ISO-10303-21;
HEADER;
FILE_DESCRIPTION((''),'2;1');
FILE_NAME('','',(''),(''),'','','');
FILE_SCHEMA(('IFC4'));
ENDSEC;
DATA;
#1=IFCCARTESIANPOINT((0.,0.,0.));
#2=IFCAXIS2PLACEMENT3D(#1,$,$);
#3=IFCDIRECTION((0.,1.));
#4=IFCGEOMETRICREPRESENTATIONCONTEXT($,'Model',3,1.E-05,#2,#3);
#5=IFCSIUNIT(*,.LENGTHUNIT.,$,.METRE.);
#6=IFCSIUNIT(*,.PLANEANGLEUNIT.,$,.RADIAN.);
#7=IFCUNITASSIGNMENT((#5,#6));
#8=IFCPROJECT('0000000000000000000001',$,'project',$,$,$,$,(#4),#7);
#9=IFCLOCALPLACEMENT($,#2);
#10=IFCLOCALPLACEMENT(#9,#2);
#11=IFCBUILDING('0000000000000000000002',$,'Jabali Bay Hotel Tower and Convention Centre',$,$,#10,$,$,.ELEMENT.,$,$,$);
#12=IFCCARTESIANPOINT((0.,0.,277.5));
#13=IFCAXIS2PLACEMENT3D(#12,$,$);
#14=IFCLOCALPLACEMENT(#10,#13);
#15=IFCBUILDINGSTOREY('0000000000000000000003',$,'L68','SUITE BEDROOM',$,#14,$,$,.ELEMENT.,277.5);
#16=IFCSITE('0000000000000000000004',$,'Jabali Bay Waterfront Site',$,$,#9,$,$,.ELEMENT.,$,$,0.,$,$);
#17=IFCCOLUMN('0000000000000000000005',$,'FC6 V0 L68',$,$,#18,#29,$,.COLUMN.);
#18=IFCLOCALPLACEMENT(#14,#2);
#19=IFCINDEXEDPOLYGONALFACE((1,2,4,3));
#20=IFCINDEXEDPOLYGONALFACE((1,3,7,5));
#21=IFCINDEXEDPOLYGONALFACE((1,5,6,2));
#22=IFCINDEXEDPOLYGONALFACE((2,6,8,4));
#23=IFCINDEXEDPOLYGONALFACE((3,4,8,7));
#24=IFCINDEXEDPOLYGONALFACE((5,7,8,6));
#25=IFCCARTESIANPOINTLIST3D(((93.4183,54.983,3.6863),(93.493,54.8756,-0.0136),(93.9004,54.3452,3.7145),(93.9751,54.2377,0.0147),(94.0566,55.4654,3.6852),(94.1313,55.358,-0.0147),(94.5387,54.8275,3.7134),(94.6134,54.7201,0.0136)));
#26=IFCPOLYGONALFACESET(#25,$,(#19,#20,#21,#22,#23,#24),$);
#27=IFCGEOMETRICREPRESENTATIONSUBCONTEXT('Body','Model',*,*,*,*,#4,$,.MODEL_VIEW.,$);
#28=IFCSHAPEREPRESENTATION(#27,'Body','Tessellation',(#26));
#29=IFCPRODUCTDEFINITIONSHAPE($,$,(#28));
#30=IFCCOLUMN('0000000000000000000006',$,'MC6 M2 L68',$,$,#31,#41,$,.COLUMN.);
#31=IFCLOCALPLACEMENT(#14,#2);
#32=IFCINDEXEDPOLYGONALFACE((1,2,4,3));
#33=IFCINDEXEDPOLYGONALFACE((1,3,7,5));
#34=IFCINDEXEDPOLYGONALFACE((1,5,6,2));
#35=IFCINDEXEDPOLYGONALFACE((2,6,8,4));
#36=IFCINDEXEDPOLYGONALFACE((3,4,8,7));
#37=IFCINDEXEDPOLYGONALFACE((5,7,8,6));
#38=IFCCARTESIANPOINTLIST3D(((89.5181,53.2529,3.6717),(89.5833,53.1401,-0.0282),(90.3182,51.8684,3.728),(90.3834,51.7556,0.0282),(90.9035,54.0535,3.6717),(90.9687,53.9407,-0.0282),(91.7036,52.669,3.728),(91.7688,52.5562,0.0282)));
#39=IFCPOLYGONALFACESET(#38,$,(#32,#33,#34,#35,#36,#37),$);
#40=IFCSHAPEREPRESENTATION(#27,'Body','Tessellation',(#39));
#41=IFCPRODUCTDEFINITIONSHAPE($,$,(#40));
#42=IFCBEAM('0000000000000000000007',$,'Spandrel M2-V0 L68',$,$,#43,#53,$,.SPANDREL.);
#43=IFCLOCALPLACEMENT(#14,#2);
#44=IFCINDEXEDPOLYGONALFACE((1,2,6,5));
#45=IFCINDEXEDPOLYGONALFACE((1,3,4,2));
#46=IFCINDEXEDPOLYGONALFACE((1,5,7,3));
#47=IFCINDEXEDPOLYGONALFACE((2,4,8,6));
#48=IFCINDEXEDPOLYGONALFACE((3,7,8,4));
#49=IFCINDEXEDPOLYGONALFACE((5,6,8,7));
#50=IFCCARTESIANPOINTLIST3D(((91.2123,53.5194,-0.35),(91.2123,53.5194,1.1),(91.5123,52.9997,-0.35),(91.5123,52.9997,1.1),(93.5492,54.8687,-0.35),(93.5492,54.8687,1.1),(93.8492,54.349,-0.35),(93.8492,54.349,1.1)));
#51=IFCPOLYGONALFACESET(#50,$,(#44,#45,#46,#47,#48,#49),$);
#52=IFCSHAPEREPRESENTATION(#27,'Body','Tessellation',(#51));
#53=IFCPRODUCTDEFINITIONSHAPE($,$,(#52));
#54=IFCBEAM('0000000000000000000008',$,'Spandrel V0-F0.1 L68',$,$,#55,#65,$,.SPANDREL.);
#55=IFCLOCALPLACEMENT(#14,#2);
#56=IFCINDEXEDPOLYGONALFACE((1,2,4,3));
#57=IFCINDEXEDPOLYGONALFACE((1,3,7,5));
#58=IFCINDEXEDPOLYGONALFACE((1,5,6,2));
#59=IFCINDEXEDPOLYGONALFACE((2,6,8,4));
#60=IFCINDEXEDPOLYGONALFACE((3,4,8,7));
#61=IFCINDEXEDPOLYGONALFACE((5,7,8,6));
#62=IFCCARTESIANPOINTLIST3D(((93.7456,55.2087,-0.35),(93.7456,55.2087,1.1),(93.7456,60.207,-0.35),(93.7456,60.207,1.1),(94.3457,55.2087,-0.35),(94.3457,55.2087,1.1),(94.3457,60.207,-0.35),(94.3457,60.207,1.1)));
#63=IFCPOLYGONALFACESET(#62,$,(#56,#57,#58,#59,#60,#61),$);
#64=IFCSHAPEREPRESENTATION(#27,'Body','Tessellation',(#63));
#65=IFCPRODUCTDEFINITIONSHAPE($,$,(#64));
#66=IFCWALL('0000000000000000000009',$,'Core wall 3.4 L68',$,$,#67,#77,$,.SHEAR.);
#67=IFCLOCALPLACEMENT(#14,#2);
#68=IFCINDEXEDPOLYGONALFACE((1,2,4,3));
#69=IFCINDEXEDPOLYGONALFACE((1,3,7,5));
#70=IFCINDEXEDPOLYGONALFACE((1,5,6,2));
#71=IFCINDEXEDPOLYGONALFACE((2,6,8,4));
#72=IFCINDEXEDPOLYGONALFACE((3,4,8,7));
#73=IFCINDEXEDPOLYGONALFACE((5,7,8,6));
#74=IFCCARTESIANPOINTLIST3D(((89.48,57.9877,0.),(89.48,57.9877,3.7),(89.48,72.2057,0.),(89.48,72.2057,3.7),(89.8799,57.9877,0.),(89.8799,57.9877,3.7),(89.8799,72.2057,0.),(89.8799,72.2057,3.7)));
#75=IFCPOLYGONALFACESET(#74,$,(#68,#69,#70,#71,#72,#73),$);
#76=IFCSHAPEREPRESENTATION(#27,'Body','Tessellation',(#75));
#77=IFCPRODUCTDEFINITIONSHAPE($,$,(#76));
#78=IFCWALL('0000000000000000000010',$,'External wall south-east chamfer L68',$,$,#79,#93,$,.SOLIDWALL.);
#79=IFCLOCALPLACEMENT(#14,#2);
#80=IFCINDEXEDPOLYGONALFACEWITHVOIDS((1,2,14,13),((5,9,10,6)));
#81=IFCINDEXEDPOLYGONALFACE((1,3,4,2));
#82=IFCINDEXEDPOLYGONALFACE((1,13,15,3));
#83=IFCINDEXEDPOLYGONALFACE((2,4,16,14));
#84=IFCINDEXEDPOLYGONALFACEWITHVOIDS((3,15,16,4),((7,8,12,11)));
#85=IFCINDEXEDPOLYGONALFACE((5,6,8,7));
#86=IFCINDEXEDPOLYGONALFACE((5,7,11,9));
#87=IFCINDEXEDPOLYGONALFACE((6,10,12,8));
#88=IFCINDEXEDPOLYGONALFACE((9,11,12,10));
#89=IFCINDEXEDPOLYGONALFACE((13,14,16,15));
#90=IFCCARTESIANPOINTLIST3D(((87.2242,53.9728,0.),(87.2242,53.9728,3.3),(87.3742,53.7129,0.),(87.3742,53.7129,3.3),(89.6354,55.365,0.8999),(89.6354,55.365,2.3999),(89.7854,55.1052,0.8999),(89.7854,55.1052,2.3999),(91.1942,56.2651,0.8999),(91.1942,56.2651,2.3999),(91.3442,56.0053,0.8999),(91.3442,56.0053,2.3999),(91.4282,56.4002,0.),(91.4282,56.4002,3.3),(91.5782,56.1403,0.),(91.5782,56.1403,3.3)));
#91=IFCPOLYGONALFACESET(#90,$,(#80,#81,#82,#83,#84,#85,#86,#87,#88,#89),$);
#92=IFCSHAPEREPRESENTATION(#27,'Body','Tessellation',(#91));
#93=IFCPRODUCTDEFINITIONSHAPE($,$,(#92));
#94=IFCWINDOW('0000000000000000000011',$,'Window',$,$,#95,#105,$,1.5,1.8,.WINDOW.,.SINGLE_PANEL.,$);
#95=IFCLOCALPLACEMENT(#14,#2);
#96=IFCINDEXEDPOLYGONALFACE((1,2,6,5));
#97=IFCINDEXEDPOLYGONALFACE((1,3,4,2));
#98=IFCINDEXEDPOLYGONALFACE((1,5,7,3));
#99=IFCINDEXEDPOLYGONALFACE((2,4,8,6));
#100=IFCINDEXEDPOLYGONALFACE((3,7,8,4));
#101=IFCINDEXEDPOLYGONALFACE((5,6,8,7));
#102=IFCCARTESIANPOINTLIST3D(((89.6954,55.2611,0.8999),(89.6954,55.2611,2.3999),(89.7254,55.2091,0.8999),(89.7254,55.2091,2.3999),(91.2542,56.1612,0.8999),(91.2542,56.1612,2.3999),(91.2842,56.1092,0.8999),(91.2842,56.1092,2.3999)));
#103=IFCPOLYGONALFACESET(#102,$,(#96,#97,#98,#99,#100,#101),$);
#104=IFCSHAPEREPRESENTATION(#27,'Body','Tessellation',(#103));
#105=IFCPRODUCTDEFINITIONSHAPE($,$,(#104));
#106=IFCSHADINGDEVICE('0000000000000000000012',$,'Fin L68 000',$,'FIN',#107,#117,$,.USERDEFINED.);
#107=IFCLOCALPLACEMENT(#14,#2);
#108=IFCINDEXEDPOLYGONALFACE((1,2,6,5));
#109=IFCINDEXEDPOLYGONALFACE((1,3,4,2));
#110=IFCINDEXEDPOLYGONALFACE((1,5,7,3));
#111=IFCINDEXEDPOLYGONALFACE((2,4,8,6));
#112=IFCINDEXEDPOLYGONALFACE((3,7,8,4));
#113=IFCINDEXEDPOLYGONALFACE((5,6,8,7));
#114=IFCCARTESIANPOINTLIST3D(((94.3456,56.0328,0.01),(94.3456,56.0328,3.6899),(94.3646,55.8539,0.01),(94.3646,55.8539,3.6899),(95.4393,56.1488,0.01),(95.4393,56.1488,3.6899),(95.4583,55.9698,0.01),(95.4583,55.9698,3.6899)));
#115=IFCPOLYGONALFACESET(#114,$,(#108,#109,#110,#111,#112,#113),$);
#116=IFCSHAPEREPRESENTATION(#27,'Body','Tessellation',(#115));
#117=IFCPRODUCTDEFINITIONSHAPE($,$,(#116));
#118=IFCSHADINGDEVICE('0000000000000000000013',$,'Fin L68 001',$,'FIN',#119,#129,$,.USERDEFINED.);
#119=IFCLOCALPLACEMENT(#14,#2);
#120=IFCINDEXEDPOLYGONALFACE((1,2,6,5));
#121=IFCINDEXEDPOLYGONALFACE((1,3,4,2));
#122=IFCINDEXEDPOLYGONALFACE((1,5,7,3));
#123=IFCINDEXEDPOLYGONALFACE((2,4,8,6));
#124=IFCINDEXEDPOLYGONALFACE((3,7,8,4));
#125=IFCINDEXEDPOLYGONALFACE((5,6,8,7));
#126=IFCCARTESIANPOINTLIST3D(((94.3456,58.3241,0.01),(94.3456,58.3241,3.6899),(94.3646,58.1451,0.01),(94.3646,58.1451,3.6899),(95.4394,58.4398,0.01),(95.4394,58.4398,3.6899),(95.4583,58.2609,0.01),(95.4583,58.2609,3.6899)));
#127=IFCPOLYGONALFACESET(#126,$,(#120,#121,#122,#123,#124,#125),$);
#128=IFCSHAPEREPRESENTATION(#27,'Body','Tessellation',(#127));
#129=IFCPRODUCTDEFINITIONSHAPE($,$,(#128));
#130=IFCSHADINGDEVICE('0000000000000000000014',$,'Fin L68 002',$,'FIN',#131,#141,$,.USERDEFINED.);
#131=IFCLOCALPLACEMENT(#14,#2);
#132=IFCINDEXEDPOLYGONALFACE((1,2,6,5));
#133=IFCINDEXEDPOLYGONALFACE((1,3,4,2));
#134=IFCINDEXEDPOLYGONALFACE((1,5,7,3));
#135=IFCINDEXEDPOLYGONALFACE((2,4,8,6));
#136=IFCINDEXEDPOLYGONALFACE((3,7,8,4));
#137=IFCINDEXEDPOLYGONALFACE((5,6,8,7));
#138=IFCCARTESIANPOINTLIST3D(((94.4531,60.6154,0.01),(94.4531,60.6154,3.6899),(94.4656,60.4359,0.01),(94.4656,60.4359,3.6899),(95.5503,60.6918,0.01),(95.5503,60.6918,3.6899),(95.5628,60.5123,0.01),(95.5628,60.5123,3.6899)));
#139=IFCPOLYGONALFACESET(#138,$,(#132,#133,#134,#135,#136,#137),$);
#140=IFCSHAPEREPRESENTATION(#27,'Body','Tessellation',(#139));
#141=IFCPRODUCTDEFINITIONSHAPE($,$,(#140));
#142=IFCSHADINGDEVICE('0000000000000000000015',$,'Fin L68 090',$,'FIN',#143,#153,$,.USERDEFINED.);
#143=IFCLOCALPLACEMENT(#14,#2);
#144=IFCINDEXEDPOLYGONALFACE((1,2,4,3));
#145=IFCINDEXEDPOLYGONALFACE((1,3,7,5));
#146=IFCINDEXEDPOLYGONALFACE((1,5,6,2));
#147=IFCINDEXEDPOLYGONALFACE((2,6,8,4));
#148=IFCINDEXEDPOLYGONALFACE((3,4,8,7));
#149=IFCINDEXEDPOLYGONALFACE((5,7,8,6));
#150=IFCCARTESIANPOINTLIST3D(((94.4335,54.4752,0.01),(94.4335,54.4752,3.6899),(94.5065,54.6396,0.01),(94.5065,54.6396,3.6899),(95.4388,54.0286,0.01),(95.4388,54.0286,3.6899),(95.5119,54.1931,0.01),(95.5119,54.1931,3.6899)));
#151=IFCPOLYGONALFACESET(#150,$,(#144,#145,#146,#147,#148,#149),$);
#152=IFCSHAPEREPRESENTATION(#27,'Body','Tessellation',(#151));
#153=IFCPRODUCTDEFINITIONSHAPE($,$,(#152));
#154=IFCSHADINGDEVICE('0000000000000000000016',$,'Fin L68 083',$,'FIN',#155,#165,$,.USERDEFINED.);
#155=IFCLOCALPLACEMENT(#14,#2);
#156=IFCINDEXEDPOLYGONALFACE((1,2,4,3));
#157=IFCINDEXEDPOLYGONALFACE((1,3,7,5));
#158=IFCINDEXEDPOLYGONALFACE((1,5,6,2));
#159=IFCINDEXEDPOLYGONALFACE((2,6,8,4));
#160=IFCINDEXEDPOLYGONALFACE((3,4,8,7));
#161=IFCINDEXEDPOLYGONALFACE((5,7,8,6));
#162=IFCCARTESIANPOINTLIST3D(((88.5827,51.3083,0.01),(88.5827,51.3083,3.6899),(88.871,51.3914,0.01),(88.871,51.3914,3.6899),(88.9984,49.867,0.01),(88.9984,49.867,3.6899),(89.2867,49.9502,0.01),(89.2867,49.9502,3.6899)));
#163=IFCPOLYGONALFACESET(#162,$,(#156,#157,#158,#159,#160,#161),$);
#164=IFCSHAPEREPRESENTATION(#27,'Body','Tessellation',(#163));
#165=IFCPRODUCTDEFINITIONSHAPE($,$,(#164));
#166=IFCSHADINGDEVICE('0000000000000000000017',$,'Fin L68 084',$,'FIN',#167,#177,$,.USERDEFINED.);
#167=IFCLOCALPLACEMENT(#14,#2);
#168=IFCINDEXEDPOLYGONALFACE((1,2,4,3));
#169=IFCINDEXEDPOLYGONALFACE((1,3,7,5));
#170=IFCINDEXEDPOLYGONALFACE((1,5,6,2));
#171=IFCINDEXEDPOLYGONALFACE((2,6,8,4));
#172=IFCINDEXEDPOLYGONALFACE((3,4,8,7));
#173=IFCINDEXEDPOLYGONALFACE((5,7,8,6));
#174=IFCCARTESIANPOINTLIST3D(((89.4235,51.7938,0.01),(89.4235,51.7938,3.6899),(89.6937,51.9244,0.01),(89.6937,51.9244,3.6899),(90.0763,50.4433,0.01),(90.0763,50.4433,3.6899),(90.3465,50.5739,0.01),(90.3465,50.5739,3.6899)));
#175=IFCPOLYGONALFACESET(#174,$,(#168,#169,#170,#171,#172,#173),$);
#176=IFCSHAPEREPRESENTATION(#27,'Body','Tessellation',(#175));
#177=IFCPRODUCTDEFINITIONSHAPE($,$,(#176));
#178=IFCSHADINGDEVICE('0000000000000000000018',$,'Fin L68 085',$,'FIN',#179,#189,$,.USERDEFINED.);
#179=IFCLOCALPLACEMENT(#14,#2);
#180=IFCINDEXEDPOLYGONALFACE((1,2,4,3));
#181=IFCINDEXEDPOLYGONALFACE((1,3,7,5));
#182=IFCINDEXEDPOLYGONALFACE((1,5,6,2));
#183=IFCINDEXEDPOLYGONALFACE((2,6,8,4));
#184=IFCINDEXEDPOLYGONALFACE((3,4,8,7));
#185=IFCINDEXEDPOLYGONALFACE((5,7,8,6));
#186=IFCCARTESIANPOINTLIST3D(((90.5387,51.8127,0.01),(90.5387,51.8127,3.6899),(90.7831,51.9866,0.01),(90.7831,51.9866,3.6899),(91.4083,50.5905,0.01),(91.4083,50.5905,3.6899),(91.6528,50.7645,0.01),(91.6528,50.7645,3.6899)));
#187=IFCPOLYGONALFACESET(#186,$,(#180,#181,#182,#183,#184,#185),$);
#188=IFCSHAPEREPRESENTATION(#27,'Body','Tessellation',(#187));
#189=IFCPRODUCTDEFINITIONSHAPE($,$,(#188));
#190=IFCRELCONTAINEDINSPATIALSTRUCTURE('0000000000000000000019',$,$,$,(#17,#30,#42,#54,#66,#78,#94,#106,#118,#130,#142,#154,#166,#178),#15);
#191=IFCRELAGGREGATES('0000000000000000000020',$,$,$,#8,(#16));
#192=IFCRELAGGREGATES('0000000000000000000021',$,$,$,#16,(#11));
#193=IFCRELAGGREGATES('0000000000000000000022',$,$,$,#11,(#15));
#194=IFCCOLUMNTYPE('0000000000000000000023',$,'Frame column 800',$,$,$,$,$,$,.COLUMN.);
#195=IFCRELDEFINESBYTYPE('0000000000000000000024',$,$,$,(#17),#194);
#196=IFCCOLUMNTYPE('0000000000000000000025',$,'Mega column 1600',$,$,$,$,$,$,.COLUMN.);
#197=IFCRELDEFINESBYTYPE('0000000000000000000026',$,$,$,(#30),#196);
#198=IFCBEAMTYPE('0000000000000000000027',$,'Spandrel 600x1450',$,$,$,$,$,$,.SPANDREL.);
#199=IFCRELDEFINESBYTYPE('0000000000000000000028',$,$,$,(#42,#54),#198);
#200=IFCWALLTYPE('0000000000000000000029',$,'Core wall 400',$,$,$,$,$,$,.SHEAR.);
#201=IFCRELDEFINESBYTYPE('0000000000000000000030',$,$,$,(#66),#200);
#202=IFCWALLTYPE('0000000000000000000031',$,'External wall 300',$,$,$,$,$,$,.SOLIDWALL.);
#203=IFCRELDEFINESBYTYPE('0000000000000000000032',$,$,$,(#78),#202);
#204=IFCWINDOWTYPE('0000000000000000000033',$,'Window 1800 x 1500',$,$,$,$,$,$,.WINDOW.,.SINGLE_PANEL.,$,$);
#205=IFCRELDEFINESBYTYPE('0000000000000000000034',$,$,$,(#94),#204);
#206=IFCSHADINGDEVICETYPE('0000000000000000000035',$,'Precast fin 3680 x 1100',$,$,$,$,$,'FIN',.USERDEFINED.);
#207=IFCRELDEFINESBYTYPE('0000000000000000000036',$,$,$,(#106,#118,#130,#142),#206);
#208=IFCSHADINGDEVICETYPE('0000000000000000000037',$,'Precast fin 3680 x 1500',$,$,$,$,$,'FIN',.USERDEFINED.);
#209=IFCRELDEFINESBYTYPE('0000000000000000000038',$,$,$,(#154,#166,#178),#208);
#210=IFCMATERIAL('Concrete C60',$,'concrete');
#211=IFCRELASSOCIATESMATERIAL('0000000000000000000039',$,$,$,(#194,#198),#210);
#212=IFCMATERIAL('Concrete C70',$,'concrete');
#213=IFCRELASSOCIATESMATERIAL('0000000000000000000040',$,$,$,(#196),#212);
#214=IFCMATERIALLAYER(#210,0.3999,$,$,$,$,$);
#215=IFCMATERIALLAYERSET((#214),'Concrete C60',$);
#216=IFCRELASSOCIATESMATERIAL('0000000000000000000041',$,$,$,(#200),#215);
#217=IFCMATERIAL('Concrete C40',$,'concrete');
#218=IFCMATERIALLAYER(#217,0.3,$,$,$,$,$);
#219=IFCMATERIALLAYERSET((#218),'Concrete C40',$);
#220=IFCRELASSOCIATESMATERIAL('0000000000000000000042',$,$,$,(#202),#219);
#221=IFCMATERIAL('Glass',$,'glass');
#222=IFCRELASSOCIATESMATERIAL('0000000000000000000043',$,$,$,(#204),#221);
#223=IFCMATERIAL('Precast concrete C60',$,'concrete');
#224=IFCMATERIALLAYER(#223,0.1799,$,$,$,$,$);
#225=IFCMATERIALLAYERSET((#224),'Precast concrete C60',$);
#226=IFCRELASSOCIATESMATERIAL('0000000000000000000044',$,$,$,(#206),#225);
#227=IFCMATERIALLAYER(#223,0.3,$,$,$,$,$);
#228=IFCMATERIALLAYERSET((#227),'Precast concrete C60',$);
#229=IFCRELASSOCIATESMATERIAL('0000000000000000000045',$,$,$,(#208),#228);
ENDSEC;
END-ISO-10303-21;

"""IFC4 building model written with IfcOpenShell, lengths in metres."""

from ifc_helpers import new_model, si_unit, direction, frame, frame_2d, origin, origin_2d, place, context, subcontext, project, spatial, rectangle, extrude, material, layer, layer_set, material_profile, profile_set, type_object, element, fill, save


model = new_model("IFC4")

# Units and contexts
model_context = context("Model", 3, precision=1e-05, world=origin(), true_north=direction((0.0, 1.0)))
body_context = subcontext(model_context, "Body", "Model", "MODEL_VIEW")
ifc_project = project(units=[si_unit("LENGTHUNIT", "METRE"), si_unit("PLANEANGLEUNIT", "RADIAN")], contexts=[model_context])

# Site, building, storey
site_placement = place(None, origin())
site = spatial("IfcSite", under=ifc_project, at=site_placement, Name="Jabali Bay Waterfront Site", CompositionType="ELEMENT", RefElevation=0.0)
building_placement = place(site_placement, origin())
building = spatial("IfcBuilding", under=site, at=building_placement, Name="Jabali Bay Hotel Tower and Convention Centre", CompositionType="ELEMENT")
storey_placement = place(building_placement, frame((0.0, 0.0, 277.5)))
storey = spatial("IfcBuildingStorey", under=building, at=storey_placement, Name="L68", Description="SUITE BEDROOM", CompositionType="ELEMENT", Elevation=277.5)

# Columns
ifc_material_1 = material(Name="Concrete C60", Category="concrete")
ifc_material_profile_1 = material_profile(ifc_material_1, rectangle(XDim=0.8, YDim=0.8, at=origin_2d()), Name="Frame column 800")
ifc_profile_set_1 = profile_set([ifc_material_profile_1], Name="Concrete C60")
column_type_1 = type_object("IfcColumnType", Name="Frame column 800", PredefinedType="COLUMN", material=ifc_profile_set_1)
column_1_placement = place(storey_placement, frame((94.0532, 54.7979, 0.0), z_axis=(-0.020179, 0.029015, 0.999375), x_axis=(-0.797803, -0.602916, 0.001396)))
element("IfcColumn", 1, at=column_1_placement, inside=storey, type_object=column_type_1, Name="FC6 V0 L68", PredefinedType="COLUMN", context=body_context, shape_type="SweptSolid", body=[
    extrude(rectangle(XDim=0.8, YDim=0.8, at=origin_2d()), origin(), (0.0, 0.0, 1.0), 3.7021),
])
ifc_material_2 = material(Name="Concrete C70", Category="concrete")
ifc_material_profile_2 = material_profile(ifc_material_2, rectangle(XDim=1.6001, YDim=1.6001, at=origin_2d()), Name="Mega column 1600")
ifc_profile_set_2 = profile_set([ifc_material_profile_2], Name="Concrete C70")
column_type_2 = type_object("IfcColumnType", Name="Mega column 1600", PredefinedType="COLUMN", material=ifc_profile_set_2)
column_2_placement = place(storey_placement, frame((90.676, 52.8481, 0.0), z_axis=(-0.017607, 0.030466, 0.999381), x_axis=(0.500056, -0.865278, 0.035188)))
element("IfcColumn", 2, at=column_2_placement, inside=storey, type_object=column_type_2, Name="MC6 M2 L68", PredefinedType="COLUMN", context=body_context, shape_type="SweptSolid", body=[
    extrude(rectangle(XDim=1.6001, YDim=1.6001, at=origin_2d()), origin(), (0.0, 0.0, 1.0), 3.7021),
])

# Beams
ifc_material_profile_3 = material_profile(ifc_material_1, rectangle(XDim=0.6001, YDim=1.45, at=origin_2d()), Name="Spandrel 600x1450")
ifc_profile_set_3 = profile_set([ifc_material_profile_3], Name="Concrete C60")
beam_type = type_object("IfcBeamType", Name="Spandrel 600x1450", PredefinedType="SPANDREL", material=ifc_profile_set_3)
beam_1_placement = place(storey_placement, frame((91.3623, 53.2595, 0.375), z_axis=(0.866002, 0.500041, 0.0), x_axis=(-0.500041, 0.866002, 0.0)))
element("IfcBeam", 3, at=beam_1_placement, inside=storey, type_object=beam_type, Name="Spandrel M2-V0 L68", PredefinedType="SPANDREL", context=body_context, shape_type="SweptSolid", body=[
    extrude(rectangle(XDim=0.6001, YDim=1.45, at=origin_2d()), origin(), (0.0, 0.0, 1.0), 2.6985),
])
beam_2_placement = place(storey_placement, frame((94.0457, 55.2087, 0.375), z_axis=(0.0, 1.0, 0.0), x_axis=(-1.0, 0.0, 0.0)))
element("IfcBeam", 4, at=beam_2_placement, inside=storey, type_object=beam_type, Name="Spandrel V0-F0.1 L68", PredefinedType="SPANDREL", context=body_context, shape_type="SweptSolid", body=[
    extrude(rectangle(XDim=0.6001, YDim=1.45, at=origin_2d()), origin(), (0.0, 0.0, 1.0), 4.9983),
])

# Wall
ifc_layer_1 = layer(ifc_material_1, 0.3999)
ifc_layer_set_1 = layer_set([ifc_layer_1], Name="Concrete C60")
wall_type_1 = type_object("IfcWallType", Name="Core wall 400", PredefinedType="SHEAR", material=ifc_layer_set_1)
wall_1_placement = place(storey_placement, frame((89.6799, 57.9878, 0.0), z_axis=(0.0, 0.0, 1.0), x_axis=(0.0, 1.0, 0.0)))
element("IfcWall", 5, at=wall_1_placement, inside=storey, type_object=wall_type_1, Name="Core wall 3.4 L68", PredefinedType="SHEAR", context=body_context, shape_type="SweptSolid", body=[
    extrude(rectangle(XDim=14.218, YDim=0.3999, at=frame_2d((7.1089, 0.0))), origin(), (0.0, 0.0, 1.0), 3.7),
])

# Wall, opening, window
ifc_material_3 = material(Name="Concrete C40", Category="concrete")
ifc_layer_2 = layer(ifc_material_3, 0.3)
ifc_layer_set_2 = layer_set([ifc_layer_2], Name="Concrete C40")
wall_type_2 = type_object("IfcWallType", Name="External wall 300", PredefinedType="SOLIDWALL", material=ifc_layer_set_2)
wall_2_placement = place(storey_placement, frame((91.5032, 56.2703, 0.0), z_axis=(0.0, 0.0, 1.0), x_axis=(-0.866003, -0.500039, 0.0)))
wall_2 = element("IfcWall", 6, at=wall_2_placement, inside=storey, type_object=wall_type_2, Name="External wall south-east chamfer L68", PredefinedType="SOLIDWALL", context=body_context, shape_type="SweptSolid", body=[
    extrude(rectangle(XDim=4.8545, YDim=0.3, at=frame_2d((2.4272, 0.0))), origin(), (0.0, 0.0, 1.0), 3.3),
])
opening_placement = place(wall_2_placement, frame((0.2703, 0.0, 0.8999)))
opening = element("IfcOpeningElement", 7, at=opening_placement, cuts=wall_2, PredefinedType="OPENING", context=body_context, shape_type="SweptSolid", body=[
    extrude(rectangle(XDim=1.8, YDim=1.5, at=frame_2d((0.8999, 0.75))), frame((0.0, 0.1606, 0.0), z_axis=(0.0, -1.0, 0.0), x_axis=(1.0, 0.0, 0.0)), (0.0, 0.0, 1.0), 0.321),
])
ifc_material_4 = material(Name="Glass", Category="glass")
window_type = type_object("IfcWindowType", Name="Window 1800 x 1500", PartitioningType="SINGLE_PANEL", PredefinedType="WINDOW", material=ifc_material_4)
window_placement = place(opening_placement, origin())
window = element("IfcWindow", 8, at=window_placement, inside=storey, type_object=window_type, Name="Window", OverallHeight=1.5, OverallWidth=1.8, PartitioningType="SINGLE_PANEL", PredefinedType="WINDOW", context=body_context, shape_type="SweptSolid", body=[
    extrude(rectangle(XDim=1.8, YDim=1.5, at=frame_2d((0.8999, 0.75))), frame((0.0, 0.03, 0.0), z_axis=(0.0, -1.0, 0.0), x_axis=(1.0, 0.0, 0.0)), (0.0, 0.0, 1.0), 0.0601),
])
fill(opening, window)

# Shading devices
ifc_material_5 = material(Name="Precast concrete C60", Category="concrete")
ifc_layer_3 = layer(ifc_material_5, 0.1799)
ifc_layer_set_3 = layer_set([ifc_layer_3], Name="Precast concrete C60")
shading_device_type_1 = type_object("IfcShadingDeviceType", Name="Precast fin 3680 x 1100", ElementType="FIN", PredefinedType="USERDEFINED", material=ifc_layer_set_3)
for number, where, z_axis, x_axis, name in (
    (9, (94.3552, 55.9434, 0.01), (0.0, 0.0, 1.0), (0.994426, 0.105436, 0.0), "Fin L68 000"),
    (10, (94.3552, 58.2346, 0.01), (0.0, 0.0, 1.0), (0.994449, 0.105216, 0.0), "Fin L68 001"),
    (11, (94.4595, 60.5256, 0.01), (0.0, 0.0, 1.0), (0.997583, 0.06948, 0.0), "Fin L68 002"),
):
    element("IfcShadingDevice", number, at=place(storey_placement, frame(where, z_axis=z_axis, x_axis=x_axis)), inside=storey, type_object=shading_device_type_1, Name=name, ObjectType="FIN", PredefinedType="USERDEFINED", context=body_context, shape_type="SweptSolid", body=[
        extrude(rectangle(XDim=1.0999, YDim=0.1799, at=frame_2d((0.5498, 0.0))), origin(), (0.0, 0.0, 1.0), 3.6799),
    ])
shading_device_1_placement = place(storey_placement, frame((94.47, 54.5574, 0.01), z_axis=(0.0, 0.0, 1.0), x_axis=(0.913912, -0.405912, 0.0)))
element("IfcShadingDevice", 12, at=shading_device_1_placement, inside=storey, type_object=shading_device_type_1, Name="Fin L68 090", ObjectType="FIN", PredefinedType="USERDEFINED", context=body_context, shape_type="SweptSolid", body=[
    extrude(rectangle(XDim=1.1001, YDim=0.1799, at=frame_2d((0.55, 0.0))), origin(), (0.0, 0.0, 1.0), 3.6799),
])
ifc_layer_4 = layer(ifc_material_5, 0.3)
ifc_layer_set_4 = layer_set([ifc_layer_4], Name="Precast concrete C60")
shading_device_type_2 = type_object("IfcShadingDeviceType", Name="Precast fin 3680 x 1500", ElementType="FIN", PredefinedType="USERDEFINED", material=ifc_layer_set_4)
for number, where, z_axis, x_axis, name in (
    (13, (88.7268, 51.3499, 0.01), (0.0, 0.0, 1.0), (0.277192, -0.960814, 0.0), "Fin L68 083"),
    (14, (89.5586, 51.8591, 0.01), (0.0, 0.0, 1.0), (0.435195, -0.900336, 0.0), "Fin L68 084"),
    (15, (90.6609, 51.8997, 0.01), (0.0, 0.0, 1.0), (0.579759, -0.814788, 0.0), "Fin L68 085"),
):
    element("IfcShadingDevice", number, at=place(storey_placement, frame(where, z_axis=z_axis, x_axis=x_axis)), inside=storey, type_object=shading_device_type_2, Name=name, ObjectType="FIN", PredefinedType="USERDEFINED", context=body_context, shape_type="SweptSolid", body=[
        extrude(rectangle(XDim=1.5, YDim=0.3, at=frame_2d((0.75, 0.0))), origin(), (0.0, 0.0, 1.0), 3.6799),
    ])

save(model, "model.ifc")
